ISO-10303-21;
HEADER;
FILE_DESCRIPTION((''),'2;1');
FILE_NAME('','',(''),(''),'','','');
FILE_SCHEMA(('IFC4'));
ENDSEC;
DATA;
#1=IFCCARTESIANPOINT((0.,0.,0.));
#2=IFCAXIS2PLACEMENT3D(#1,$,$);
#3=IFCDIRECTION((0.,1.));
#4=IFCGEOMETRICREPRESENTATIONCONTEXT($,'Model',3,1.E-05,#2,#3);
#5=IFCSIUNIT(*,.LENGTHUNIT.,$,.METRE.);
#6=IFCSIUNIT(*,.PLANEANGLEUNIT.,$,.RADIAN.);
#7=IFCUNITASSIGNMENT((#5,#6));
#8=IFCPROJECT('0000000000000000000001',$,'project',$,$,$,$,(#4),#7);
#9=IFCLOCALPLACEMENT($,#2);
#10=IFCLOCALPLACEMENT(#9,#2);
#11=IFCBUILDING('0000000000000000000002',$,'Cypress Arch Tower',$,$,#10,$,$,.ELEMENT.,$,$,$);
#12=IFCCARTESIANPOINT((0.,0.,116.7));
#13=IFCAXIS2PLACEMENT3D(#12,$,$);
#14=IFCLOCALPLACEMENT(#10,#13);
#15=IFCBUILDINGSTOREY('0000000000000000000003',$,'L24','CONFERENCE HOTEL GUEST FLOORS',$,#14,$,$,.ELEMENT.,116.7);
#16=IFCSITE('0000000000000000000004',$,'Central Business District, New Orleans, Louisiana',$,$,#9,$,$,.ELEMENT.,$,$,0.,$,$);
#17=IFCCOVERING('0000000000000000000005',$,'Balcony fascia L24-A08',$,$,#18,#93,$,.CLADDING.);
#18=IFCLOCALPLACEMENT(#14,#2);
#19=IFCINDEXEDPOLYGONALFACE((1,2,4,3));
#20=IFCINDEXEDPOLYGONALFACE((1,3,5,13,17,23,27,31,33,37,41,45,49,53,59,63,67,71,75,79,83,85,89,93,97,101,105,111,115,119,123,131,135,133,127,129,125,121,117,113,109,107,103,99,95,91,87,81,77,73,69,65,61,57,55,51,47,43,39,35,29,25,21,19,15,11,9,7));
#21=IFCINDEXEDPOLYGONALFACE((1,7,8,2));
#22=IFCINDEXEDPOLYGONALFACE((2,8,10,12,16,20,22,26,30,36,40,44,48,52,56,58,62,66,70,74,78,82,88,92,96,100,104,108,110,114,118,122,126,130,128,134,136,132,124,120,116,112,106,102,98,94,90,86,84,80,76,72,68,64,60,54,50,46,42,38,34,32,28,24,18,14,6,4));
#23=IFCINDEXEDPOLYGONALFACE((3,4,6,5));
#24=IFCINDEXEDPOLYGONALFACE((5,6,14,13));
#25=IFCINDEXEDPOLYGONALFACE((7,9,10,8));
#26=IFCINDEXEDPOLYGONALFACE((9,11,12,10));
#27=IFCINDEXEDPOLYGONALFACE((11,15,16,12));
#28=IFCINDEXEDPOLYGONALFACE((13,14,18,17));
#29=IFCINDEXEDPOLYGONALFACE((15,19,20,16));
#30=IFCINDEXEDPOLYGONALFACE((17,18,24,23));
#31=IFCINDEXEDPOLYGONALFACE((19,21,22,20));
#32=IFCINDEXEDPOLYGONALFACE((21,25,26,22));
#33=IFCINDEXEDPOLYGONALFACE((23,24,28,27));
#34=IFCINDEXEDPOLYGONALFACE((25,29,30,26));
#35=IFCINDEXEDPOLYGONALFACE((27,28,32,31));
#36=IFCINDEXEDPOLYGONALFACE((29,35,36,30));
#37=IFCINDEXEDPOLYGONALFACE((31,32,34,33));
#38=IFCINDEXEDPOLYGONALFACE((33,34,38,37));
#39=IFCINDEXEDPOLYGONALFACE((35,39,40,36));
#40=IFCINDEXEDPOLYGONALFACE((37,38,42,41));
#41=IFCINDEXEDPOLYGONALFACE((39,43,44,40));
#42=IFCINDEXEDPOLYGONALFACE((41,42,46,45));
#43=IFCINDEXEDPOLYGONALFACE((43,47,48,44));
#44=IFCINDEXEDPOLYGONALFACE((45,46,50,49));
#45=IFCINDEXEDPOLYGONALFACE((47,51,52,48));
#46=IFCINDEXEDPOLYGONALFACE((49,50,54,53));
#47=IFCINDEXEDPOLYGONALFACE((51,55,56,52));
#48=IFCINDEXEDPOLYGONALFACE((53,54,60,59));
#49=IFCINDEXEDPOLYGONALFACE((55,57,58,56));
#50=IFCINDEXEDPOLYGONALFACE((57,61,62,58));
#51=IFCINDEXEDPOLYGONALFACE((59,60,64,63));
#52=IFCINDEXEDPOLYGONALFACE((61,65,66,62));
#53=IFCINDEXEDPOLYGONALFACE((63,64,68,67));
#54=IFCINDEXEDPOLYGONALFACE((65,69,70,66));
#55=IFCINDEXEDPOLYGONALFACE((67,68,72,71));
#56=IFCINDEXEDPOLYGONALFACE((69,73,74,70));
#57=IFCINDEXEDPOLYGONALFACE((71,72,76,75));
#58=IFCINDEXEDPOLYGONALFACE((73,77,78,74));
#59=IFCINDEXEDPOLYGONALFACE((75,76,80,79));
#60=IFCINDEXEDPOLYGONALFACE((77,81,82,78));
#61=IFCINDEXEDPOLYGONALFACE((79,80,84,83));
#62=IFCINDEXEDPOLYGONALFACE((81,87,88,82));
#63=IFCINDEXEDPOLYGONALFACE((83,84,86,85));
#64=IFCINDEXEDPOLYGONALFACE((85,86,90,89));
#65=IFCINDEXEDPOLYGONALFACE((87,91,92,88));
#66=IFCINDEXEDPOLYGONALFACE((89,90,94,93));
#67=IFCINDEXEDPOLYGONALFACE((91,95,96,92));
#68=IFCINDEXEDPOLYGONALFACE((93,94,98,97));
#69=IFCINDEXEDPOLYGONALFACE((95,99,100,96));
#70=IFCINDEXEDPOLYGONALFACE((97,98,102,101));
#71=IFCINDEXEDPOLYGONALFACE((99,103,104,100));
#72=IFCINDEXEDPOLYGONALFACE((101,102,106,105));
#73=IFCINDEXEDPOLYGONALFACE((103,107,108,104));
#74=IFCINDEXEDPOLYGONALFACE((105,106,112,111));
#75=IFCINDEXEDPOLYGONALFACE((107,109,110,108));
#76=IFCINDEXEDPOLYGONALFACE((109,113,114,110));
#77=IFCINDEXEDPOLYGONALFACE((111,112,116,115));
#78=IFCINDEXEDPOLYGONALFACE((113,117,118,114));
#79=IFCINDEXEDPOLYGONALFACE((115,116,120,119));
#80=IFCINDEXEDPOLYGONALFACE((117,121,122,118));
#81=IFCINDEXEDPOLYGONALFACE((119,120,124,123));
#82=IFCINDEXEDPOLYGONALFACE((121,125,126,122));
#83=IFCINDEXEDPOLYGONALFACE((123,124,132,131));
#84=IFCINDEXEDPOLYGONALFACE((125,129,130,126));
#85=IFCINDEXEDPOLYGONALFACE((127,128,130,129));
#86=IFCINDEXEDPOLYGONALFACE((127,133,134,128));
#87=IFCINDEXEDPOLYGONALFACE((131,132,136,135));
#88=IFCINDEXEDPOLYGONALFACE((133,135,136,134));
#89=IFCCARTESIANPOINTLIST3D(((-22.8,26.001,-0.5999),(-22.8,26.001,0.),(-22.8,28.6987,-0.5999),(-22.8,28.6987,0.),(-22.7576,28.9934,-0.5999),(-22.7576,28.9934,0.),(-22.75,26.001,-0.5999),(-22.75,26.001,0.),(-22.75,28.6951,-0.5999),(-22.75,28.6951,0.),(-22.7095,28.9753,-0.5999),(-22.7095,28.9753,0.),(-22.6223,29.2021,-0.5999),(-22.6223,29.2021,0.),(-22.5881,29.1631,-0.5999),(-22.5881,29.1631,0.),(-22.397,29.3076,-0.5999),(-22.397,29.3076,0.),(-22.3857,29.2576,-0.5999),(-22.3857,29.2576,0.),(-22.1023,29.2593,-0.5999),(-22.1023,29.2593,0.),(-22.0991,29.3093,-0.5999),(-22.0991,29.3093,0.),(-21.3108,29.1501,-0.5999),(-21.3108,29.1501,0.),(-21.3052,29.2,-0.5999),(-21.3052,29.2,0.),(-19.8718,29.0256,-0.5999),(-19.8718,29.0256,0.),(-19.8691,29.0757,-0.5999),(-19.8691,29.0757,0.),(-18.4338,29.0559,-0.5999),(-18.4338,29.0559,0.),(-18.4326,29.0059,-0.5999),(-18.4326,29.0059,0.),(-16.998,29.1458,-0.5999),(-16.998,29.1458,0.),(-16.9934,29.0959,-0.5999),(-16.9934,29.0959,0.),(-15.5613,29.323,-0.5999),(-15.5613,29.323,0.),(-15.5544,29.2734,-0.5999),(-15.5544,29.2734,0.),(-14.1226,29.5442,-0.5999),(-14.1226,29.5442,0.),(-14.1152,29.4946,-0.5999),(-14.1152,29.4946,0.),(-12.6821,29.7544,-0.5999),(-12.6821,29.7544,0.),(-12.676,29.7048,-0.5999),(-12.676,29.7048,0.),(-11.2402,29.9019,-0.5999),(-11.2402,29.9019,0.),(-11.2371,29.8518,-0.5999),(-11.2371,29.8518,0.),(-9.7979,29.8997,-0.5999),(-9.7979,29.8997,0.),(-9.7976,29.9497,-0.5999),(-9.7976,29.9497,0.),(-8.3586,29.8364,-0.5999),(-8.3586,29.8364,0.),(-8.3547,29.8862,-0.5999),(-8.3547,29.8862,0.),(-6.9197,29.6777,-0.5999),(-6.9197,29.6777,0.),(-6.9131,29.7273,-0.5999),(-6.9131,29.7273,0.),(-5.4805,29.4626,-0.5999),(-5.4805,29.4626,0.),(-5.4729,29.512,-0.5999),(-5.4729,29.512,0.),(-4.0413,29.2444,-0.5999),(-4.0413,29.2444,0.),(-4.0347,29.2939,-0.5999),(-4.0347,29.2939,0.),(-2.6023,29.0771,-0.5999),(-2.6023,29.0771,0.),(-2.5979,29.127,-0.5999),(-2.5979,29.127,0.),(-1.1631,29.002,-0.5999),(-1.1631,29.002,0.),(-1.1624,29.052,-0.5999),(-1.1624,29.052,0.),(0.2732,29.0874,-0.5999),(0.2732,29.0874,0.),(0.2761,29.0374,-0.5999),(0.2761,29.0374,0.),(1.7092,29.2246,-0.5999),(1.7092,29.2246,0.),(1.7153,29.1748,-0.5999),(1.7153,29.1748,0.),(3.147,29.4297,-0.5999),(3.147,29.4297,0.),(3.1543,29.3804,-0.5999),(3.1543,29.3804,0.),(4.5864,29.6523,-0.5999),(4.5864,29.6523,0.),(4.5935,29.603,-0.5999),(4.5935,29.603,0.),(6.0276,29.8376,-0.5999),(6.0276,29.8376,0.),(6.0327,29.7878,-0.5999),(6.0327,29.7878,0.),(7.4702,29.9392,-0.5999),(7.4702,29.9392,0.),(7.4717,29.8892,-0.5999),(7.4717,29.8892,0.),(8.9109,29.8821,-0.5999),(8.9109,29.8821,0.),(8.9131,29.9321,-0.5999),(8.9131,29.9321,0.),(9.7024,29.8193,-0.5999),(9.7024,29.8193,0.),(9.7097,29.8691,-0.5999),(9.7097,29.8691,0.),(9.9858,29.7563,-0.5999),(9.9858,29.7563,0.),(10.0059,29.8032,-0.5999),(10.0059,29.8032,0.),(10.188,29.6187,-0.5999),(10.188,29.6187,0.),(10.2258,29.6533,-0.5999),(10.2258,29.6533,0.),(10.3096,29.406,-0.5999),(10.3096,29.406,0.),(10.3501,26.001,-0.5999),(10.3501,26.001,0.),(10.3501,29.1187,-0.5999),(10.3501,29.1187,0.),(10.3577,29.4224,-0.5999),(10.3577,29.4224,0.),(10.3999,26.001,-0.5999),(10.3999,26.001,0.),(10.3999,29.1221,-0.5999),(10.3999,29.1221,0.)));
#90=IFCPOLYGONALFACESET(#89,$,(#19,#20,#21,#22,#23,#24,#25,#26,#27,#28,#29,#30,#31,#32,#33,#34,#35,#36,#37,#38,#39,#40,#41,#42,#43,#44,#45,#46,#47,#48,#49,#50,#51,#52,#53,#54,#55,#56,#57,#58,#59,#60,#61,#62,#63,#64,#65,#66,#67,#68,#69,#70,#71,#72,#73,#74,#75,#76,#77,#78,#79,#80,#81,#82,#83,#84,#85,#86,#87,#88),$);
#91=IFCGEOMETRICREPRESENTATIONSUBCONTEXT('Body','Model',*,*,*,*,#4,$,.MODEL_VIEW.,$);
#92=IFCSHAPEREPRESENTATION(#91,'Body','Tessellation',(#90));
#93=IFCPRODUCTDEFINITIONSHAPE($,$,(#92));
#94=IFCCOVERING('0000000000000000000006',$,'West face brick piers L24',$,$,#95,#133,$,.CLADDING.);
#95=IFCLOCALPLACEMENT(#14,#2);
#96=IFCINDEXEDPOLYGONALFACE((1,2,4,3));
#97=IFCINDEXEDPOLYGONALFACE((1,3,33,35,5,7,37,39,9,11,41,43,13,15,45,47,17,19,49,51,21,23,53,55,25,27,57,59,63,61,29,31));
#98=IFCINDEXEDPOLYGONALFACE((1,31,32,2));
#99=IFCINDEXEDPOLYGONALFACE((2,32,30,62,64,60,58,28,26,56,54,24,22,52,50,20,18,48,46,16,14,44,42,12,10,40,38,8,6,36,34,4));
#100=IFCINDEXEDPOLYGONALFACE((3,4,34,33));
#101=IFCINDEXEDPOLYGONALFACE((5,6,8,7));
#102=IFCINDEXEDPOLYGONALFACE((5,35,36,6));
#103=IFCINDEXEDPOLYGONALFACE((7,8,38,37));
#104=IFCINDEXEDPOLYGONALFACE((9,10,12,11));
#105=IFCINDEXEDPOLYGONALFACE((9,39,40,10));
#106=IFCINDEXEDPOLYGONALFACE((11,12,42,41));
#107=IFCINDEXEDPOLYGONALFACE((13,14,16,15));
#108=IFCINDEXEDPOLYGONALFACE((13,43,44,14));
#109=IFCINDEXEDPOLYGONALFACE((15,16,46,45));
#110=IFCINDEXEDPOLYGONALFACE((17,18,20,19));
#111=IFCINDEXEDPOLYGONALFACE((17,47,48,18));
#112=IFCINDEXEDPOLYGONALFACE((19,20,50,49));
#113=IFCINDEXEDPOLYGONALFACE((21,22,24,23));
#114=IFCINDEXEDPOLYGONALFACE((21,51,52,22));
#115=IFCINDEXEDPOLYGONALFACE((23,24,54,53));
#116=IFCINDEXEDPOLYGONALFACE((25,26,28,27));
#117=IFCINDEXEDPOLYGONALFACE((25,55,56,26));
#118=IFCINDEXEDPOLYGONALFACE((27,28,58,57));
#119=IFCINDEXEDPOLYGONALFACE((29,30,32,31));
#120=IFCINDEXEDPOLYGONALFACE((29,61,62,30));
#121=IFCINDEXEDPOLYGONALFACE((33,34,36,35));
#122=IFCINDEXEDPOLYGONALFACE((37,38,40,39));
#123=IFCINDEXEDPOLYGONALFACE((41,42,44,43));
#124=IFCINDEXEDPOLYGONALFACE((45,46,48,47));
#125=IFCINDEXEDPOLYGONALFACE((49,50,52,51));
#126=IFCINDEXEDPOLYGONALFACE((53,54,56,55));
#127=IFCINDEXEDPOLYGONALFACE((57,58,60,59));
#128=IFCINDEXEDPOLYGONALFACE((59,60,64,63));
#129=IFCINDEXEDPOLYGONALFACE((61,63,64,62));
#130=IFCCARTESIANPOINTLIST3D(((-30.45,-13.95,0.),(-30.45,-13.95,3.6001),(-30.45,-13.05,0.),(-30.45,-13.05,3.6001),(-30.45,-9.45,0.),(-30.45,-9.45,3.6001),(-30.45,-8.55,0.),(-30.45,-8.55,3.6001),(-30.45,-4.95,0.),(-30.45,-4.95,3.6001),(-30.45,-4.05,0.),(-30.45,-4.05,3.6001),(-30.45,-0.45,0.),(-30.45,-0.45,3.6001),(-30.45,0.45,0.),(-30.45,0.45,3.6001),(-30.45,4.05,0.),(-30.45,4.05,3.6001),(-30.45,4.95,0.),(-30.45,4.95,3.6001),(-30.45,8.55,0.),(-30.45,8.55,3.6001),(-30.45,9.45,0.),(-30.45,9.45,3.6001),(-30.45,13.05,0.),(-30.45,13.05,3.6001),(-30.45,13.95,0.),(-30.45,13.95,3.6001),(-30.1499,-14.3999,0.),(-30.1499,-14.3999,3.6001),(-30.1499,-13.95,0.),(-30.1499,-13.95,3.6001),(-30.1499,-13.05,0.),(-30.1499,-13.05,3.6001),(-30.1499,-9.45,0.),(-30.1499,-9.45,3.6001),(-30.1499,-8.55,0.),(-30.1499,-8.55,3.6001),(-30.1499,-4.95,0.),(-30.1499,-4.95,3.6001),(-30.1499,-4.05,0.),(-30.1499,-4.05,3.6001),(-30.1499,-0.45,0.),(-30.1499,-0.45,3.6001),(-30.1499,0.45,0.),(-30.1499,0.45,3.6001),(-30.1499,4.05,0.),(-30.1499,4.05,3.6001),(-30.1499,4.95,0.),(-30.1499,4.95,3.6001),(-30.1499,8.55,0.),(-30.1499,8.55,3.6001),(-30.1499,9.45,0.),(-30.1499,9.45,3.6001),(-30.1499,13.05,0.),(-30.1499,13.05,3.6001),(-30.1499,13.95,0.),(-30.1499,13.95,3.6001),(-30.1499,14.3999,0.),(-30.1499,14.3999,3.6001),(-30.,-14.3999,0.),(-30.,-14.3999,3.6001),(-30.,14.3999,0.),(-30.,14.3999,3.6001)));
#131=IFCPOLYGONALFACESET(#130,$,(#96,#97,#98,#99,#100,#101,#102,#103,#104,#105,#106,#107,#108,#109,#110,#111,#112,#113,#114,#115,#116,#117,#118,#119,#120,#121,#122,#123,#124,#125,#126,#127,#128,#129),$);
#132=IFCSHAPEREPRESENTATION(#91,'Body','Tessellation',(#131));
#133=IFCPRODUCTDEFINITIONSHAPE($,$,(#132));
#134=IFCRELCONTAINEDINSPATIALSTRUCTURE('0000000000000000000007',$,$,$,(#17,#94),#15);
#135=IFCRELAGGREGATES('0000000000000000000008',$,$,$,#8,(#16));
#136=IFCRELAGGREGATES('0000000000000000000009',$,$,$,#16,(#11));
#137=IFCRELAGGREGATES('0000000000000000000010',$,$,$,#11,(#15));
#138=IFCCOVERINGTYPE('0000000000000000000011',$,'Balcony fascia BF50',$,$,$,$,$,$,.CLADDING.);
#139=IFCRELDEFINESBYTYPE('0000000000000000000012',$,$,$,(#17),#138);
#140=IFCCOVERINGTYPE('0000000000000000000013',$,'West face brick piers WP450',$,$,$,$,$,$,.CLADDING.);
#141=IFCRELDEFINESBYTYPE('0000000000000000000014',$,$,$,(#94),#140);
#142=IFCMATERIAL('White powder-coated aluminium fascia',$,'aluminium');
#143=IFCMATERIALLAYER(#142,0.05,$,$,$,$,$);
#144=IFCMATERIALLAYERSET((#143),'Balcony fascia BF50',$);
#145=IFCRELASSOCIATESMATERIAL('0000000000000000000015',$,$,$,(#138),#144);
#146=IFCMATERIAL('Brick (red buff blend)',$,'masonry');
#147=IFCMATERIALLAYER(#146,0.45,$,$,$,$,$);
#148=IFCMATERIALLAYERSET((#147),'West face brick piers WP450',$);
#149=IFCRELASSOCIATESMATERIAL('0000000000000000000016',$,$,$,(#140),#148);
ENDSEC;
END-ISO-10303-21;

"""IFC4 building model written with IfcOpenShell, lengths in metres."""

from ifc_helpers import new_model, si_unit, direction, frame, origin, place, context, subcontext, project, spatial, polyline, outline, extrude, material, layer, layer_set, type_object, element, save


model = new_model("IFC4")

# Units and contexts
model_context = context("Model", 3, precision=1e-05, world=origin(), true_north=direction((0.0, 1.0)))
body_context = subcontext(model_context, "Body", "Model", "MODEL_VIEW")
ifc_project = project(units=[si_unit("LENGTHUNIT", "METRE"), si_unit("PLANEANGLEUNIT", "RADIAN")], contexts=[model_context])

# Site, building, storey
site_placement = place(None, origin())
site = spatial("IfcSite", under=ifc_project, at=site_placement, Name="Central Business District, New Orleans, Louisiana", CompositionType="ELEMENT", RefElevation=0.0)
building_placement = place(site_placement, origin())
building = spatial("IfcBuilding", under=site, at=building_placement, Name="Cypress Arch Tower", CompositionType="ELEMENT")
storey_placement = place(building_placement, frame((0.0, 0.0, 116.7)))
storey = spatial("IfcBuildingStorey", under=building, at=storey_placement, Name="L24", Description="CONFERENCE HOTEL GUEST FLOORS", CompositionType="ELEMENT", Elevation=116.7)

# Coverings
ifc_material_1 = material(Name="White powder-coated aluminium fascia", Category="aluminium")
ifc_layer_1 = layer(ifc_material_1, 0.05)
ifc_layer_set_1 = layer_set([ifc_layer_1], Name="Balcony fascia BF50")
covering_type_1 = type_object("IfcCoveringType", Name="Balcony fascia BF50", PredefinedType="CLADDING", material=ifc_layer_set_1)
covering_1_placement = place(storey_placement, frame((0.0, 0.0, -0.5999)))
element("IfcCovering", 1, at=covering_1_placement, inside=storey, type_object=covering_type_1, Name="Balcony fascia L24-A08", PredefinedType="CLADDING", context=body_context, shape_type="SweptSolid", body=[
    extrude(outline(polyline([(-22.8, 28.6987), (-22.7576, 28.9934), (-22.6223, 29.2021), (-22.397, 29.3076), (-22.0991, 29.3093), (-21.3052, 29.2), (-19.8691, 29.0757), (-18.4338, 29.0559), (-16.998, 29.1458), (-15.5613, 29.323), (-14.1226, 29.5442), (-12.6821, 29.7544), (-11.2402, 29.9019), (-9.7976, 29.9497), (-8.3547, 29.8862), (-6.9131, 29.7273), (-5.4729, 29.512), (-4.0347, 29.2939), (-2.5979, 29.127), (-1.1624, 29.052), (0.2732, 29.0874), (1.7092, 29.2246), (3.147, 29.4297), (4.5864, 29.6523), (6.0276, 29.8376), (7.4702, 29.9392), (8.9131, 29.9321), (9.7097, 29.8691), (10.0059, 29.8032), (10.2258, 29.6533), (10.3577, 29.4224), (10.3999, 29.1221), (10.3999, 26.001), (10.3501, 26.001), (10.3501, 29.1187), (10.3096, 29.406), (10.188, 29.6187), (9.9858, 29.7563), (9.7024, 29.8193), (8.9109, 29.8821), (7.4717, 29.8892), (6.0327, 29.7878), (4.5935, 29.603), (3.1543, 29.3804), (1.7153, 29.1748), (0.2761, 29.0374), (-1.1631, 29.002), (-2.6023, 29.0771), (-4.0413, 29.2444), (-5.4805, 29.4626), (-6.9197, 29.6777), (-8.3586, 29.8364), (-9.7979, 29.8997), (-11.2371, 29.8518), (-12.676, 29.7048), (-14.1152, 29.4946), (-15.5544, 29.2734), (-16.9934, 29.0959), (-18.4326, 29.0059), (-19.8718, 29.0256), (-21.3108, 29.1501), (-22.1023, 29.2593), (-22.3857, 29.2576), (-22.5881, 29.1631), (-22.7095, 28.9753), (-22.75, 28.6951), (-22.75, 26.001), (-22.8, 26.001), (-22.8, 28.6987)])), origin(), (0.0, 0.0, 1.0), 0.5999),
])
ifc_material_2 = material(Name="Brick (red buff blend)", Category="masonry")
ifc_layer_2 = layer(ifc_material_2, 0.45)
ifc_layer_set_2 = layer_set([ifc_layer_2], Name="West face brick piers WP450")
covering_type_2 = type_object("IfcCoveringType", Name="West face brick piers WP450", PredefinedType="CLADDING", material=ifc_layer_set_2)
covering_2_placement = place(storey_placement, origin())
element("IfcCovering", 2, at=covering_2_placement, inside=storey, type_object=covering_type_2, Name="West face brick piers L24", PredefinedType="CLADDING", context=body_context, shape_type="SweptSolid", body=[
    extrude(outline(polyline([(-30.1499, -13.05), (-30.1499, -9.45), (-30.45, -9.45), (-30.45, -8.55), (-30.1499, -8.55), (-30.1499, -4.95), (-30.45, -4.95), (-30.45, -4.05), (-30.1499, -4.05), (-30.1499, -0.45), (-30.45, -0.45), (-30.45, 0.45), (-30.1499, 0.45), (-30.1499, 4.05), (-30.45, 4.05), (-30.45, 4.95), (-30.1499, 4.95), (-30.1499, 8.55), (-30.45, 8.55), (-30.45, 9.45), (-30.1499, 9.45), (-30.1499, 13.05), (-30.45, 13.05), (-30.45, 13.95), (-30.1499, 13.95), (-30.1499, 14.3999), (-30.0, 14.3999), (-30.0, -14.3999), (-30.1499, -14.3999), (-30.1499, -13.95), (-30.45, -13.95), (-30.45, -13.05), (-30.1499, -13.05)])), origin(), (0.0, 0.0, 1.0), 3.6001),
])

save(model, "model.ifc")
